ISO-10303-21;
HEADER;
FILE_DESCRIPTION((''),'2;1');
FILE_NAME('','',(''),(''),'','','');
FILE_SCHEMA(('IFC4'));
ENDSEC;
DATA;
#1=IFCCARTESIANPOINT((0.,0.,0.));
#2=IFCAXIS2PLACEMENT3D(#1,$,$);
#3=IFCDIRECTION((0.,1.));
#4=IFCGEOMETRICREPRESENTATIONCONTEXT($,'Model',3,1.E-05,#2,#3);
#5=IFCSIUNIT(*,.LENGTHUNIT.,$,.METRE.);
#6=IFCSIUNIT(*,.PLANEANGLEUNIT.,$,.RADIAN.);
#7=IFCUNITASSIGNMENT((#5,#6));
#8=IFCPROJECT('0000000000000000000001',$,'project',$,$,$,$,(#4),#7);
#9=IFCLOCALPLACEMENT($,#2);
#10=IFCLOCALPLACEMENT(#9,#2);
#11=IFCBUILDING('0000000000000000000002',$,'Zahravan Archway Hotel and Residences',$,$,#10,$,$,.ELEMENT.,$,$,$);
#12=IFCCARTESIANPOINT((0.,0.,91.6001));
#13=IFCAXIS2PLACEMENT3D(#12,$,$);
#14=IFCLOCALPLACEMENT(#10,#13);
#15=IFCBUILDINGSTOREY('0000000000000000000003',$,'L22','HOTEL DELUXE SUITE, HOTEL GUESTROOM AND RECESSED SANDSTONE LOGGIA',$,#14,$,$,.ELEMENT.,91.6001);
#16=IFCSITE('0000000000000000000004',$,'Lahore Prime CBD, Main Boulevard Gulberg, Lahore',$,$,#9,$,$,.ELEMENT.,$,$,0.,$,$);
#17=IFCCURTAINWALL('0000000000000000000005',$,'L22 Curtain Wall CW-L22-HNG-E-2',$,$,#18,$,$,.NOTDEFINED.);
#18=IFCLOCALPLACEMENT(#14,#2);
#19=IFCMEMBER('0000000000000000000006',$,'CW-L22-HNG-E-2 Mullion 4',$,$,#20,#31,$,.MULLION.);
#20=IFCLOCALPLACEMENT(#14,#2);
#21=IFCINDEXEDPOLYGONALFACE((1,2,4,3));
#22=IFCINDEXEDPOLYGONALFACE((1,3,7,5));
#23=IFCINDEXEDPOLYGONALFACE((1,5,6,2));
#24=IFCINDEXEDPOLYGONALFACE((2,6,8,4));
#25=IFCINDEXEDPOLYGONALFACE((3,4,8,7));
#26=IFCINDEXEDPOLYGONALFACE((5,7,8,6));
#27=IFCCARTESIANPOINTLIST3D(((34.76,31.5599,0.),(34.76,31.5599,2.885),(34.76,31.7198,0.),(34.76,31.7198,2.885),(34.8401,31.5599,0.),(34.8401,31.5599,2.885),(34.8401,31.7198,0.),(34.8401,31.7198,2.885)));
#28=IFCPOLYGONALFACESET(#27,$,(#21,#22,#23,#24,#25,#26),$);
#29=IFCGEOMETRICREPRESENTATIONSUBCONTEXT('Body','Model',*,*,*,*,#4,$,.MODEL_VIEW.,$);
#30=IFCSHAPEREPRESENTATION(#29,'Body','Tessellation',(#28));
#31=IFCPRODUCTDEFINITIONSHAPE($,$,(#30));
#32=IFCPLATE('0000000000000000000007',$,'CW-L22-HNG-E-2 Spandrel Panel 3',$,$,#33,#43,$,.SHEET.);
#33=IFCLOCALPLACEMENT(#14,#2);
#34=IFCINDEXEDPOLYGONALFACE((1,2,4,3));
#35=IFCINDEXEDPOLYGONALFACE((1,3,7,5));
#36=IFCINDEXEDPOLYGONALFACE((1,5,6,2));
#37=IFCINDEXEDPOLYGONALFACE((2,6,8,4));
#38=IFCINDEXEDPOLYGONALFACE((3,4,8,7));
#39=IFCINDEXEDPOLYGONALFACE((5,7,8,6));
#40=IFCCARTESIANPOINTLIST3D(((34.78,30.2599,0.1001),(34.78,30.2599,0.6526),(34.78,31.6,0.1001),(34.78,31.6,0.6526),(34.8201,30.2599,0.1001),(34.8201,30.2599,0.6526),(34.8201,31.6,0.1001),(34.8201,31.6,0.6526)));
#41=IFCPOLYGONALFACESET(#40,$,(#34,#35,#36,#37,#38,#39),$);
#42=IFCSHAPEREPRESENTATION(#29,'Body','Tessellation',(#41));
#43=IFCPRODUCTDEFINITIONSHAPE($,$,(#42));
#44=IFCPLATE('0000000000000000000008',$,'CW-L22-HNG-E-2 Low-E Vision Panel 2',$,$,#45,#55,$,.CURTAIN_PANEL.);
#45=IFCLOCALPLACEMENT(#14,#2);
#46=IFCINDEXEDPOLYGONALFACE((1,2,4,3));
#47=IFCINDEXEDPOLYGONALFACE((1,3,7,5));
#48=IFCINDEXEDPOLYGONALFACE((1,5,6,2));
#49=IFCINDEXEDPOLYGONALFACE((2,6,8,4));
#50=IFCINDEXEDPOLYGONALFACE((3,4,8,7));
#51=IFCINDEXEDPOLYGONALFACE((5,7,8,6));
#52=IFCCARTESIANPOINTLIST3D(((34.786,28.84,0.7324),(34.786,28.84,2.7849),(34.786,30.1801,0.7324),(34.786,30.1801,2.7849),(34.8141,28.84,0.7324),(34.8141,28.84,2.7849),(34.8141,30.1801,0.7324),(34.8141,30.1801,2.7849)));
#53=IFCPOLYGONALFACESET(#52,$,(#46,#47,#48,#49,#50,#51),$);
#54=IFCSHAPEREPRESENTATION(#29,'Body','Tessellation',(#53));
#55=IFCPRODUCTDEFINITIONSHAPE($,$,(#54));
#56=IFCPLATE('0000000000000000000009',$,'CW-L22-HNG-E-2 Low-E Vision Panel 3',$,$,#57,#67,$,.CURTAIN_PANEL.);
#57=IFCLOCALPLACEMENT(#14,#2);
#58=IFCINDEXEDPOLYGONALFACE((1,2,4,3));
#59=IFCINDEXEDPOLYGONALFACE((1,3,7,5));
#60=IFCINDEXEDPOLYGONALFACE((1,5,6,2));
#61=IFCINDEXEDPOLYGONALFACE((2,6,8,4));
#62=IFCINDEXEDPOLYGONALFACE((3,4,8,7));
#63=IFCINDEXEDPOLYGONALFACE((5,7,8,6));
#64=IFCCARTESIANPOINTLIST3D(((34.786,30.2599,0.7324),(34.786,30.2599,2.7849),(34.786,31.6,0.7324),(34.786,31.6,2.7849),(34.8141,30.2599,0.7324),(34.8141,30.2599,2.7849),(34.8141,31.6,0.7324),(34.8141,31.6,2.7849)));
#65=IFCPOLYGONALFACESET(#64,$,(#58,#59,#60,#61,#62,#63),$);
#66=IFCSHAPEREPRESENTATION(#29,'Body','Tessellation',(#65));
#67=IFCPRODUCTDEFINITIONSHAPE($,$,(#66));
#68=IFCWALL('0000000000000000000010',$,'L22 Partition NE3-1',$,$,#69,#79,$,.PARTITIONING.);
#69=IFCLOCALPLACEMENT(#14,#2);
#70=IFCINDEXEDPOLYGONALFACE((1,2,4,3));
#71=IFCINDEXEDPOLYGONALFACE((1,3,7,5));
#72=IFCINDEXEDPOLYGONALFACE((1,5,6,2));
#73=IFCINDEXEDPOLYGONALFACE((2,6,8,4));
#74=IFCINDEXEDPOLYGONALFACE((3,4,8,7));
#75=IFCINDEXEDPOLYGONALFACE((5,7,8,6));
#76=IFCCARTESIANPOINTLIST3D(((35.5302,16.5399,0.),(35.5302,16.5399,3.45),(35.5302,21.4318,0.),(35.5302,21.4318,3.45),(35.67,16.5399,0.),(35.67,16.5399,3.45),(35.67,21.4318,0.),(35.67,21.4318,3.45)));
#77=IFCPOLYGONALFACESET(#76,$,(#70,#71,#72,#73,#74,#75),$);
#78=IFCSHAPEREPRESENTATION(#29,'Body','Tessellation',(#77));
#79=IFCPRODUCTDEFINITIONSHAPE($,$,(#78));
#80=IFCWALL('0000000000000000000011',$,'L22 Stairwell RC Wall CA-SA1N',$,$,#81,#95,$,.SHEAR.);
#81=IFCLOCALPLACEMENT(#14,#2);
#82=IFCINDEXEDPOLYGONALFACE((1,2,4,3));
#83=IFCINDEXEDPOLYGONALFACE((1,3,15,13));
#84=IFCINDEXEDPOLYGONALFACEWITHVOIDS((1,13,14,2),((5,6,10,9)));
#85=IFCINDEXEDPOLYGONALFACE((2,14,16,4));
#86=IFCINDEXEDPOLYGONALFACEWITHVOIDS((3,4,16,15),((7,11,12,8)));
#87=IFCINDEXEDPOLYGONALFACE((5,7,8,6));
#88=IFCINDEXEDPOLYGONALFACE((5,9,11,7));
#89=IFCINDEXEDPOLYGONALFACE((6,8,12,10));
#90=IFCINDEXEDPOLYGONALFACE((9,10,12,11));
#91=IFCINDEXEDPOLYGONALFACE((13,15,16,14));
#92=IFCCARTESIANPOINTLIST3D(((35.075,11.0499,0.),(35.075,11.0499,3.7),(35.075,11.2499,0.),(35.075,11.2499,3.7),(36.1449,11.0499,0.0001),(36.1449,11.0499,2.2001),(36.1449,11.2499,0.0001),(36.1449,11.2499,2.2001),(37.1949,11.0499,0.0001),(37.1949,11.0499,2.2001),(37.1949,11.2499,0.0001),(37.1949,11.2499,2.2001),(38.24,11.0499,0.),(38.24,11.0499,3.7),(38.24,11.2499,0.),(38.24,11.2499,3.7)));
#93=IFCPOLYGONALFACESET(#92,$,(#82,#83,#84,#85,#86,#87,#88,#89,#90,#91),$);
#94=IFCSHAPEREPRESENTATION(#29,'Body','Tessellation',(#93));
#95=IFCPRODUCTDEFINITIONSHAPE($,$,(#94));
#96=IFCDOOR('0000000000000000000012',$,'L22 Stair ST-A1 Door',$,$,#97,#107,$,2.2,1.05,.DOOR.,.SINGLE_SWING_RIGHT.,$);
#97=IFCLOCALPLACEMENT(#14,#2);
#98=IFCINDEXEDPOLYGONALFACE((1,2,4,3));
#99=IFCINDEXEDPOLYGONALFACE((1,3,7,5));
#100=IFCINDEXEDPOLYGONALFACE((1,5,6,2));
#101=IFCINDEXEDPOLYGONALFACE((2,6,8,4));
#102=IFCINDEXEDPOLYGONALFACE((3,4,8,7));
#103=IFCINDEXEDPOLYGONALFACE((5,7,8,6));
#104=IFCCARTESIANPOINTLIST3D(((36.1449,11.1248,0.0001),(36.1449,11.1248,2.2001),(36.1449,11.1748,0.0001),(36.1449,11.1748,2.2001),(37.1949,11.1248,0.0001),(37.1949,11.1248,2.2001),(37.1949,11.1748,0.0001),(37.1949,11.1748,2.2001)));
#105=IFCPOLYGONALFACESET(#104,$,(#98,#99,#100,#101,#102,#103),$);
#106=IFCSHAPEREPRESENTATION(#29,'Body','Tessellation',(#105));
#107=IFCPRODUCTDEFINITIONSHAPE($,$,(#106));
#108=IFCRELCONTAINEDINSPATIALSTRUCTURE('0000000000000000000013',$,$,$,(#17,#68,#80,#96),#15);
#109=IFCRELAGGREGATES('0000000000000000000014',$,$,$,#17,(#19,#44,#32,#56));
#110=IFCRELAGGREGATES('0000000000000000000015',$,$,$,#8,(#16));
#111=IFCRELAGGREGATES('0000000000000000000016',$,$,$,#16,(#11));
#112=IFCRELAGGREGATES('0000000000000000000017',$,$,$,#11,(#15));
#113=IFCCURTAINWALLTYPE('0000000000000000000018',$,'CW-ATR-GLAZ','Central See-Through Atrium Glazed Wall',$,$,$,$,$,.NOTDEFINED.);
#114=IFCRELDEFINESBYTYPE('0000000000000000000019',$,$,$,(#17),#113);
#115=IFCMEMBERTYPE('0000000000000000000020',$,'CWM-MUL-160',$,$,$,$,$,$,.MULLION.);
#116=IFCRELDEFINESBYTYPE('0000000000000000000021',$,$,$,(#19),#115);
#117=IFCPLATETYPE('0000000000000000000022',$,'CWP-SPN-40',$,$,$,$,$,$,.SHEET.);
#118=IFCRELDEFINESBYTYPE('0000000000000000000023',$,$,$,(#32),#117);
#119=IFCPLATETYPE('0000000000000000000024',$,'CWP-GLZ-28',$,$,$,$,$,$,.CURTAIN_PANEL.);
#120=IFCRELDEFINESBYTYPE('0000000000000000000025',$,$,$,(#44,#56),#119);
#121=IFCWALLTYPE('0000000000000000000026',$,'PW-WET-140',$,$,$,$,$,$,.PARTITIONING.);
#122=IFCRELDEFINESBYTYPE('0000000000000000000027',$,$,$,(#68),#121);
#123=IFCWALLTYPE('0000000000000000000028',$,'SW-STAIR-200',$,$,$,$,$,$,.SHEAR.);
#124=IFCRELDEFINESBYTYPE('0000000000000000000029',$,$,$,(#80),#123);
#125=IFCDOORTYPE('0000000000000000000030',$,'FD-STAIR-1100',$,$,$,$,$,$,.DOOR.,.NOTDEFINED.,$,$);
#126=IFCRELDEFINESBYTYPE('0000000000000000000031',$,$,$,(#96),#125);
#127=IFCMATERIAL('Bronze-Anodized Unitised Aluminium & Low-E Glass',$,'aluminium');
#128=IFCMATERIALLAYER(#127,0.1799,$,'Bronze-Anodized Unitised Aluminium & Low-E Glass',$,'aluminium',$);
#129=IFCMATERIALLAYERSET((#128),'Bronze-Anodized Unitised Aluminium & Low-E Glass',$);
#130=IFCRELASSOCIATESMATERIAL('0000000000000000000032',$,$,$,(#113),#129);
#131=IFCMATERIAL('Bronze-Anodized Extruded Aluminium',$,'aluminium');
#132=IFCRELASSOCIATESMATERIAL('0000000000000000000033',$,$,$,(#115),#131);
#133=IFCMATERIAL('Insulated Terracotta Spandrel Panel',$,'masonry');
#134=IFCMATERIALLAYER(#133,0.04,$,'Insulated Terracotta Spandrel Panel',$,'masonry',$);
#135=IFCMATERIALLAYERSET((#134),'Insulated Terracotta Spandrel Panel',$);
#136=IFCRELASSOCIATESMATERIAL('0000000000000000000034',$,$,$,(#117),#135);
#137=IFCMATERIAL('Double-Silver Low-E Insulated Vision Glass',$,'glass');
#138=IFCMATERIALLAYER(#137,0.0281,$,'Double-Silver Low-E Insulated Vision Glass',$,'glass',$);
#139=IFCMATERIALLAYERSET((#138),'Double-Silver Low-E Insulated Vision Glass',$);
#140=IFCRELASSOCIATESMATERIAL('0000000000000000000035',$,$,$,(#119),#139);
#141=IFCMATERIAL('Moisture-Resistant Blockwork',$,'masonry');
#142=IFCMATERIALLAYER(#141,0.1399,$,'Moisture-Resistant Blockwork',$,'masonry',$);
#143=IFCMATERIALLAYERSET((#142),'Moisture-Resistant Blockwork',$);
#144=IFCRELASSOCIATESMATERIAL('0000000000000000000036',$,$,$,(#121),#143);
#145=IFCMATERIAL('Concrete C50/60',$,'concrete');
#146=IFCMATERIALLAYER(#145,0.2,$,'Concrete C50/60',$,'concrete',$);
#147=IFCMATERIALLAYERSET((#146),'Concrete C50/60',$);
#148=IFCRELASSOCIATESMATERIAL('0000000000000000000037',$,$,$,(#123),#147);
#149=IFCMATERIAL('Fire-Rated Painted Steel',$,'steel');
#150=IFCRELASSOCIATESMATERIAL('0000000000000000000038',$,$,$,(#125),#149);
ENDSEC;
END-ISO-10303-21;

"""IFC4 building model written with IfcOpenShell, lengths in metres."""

from ifc_helpers import new_model, si_unit, direction, frame, frame_2d, origin, origin_2d, place, context, subcontext, project, spatial, rectangle, extrude, source, transform, mapped, material, layer, layer_set, material_profile, profile_set, type_object, type_shapes, element, fill, aggregate, save


model = new_model("IFC4")

# Units and contexts
model_context = context("Model", 3, precision=1e-05, world=origin(), true_north=direction((0.0, 1.0)))
body_context = subcontext(model_context, "Body", "Model", "MODEL_VIEW")
ifc_project = project(units=[si_unit("LENGTHUNIT", "METRE"), si_unit("PLANEANGLEUNIT", "RADIAN")], contexts=[model_context])

# Site, building, storey
site_placement = place(None, origin())
site = spatial("IfcSite", under=ifc_project, at=site_placement, Name="Lahore Prime CBD, Main Boulevard Gulberg, Lahore", CompositionType="ELEMENT", RefElevation=0.0)
building_placement = place(site_placement, origin())
building = spatial("IfcBuilding", under=site, at=building_placement, Name="Zahravan Archway Hotel and Residences", CompositionType="ELEMENT")
storey_placement = place(building_placement, frame((0.0, 0.0, 91.6001)))
storey = spatial("IfcBuildingStorey", under=building, at=storey_placement, Name="L22", Description="HOTEL DELUXE SUITE, HOTEL GUESTROOM AND RECESSED SANDSTONE LOGGIA", CompositionType="ELEMENT", Elevation=91.6001)

# Curtain wall, member, plates
ifc_material_1 = material(Name="Bronze-Anodized Unitised Aluminium & Low-E Glass", Category="aluminium")
ifc_layer_1 = layer(ifc_material_1, 0.1799, Name="Bronze-Anodized Unitised Aluminium & Low-E Glass", Category="aluminium")
ifc_layer_set_1 = layer_set([ifc_layer_1], Name="Bronze-Anodized Unitised Aluminium & Low-E Glass")
curtain_wall_type = type_object("IfcCurtainWallType", Name="CW-ATR-GLAZ", Description="Central See-Through Atrium Glazed Wall", PredefinedType="NOTDEFINED", material=ifc_layer_set_1)
curtain_wall_placement = place(storey_placement, origin())
curtain_wall = element("IfcCurtainWall", 1, at=curtain_wall_placement, inside=storey, type_object=curtain_wall_type, Name="L22 Curtain Wall CW-L22-HNG-E-2", PredefinedType="NOTDEFINED")
ifc_material_2 = material(Name="Bronze-Anodized Extruded Aluminium", Category="aluminium")
ifc_material_profile_1 = material_profile(ifc_material_2, rectangle(XDim=0.0801, YDim=0.1599, at=origin_2d()), Name="MUL 80x160", Category="aluminium")
ifc_profile_set_1 = profile_set([ifc_material_profile_1], Name="Bronze-Anodized Extruded Aluminium")
member_type_1 = type_object("IfcMemberType", Name="CWM-MUL-160", PredefinedType="MULLION", material=ifc_profile_set_1)
shared_shape_1 = source(origin(), body_context, "Body", "SweptSolid", [
    extrude(rectangle(XDim=0.0801, YDim=0.1599, at=origin_2d()), origin(), (0.0, 0.0, 1.0), 2.885),
])
member_1_placement = place(storey_placement, frame((34.8, 31.6399, 0.0), z_axis=(0.0, 0.0, 1.0), x_axis=(1.0, 0.0, 0.0)))
member_1 = element("IfcMember", 2, at=member_1_placement, type_object=member_type_1, Name="CW-L22-HNG-E-2 Mullion 4", PredefinedType="MULLION", context=body_context, shape_type="MappedRepresentation", body=[
    mapped(shared_shape_1, transform((0.0, 0.0, 0.0), scale=1.0)),
])
ifc_material_3 = material(Name="Insulated Terracotta Spandrel Panel", Category="masonry")
ifc_layer_2 = layer(ifc_material_3, 0.04, Name="Insulated Terracotta Spandrel Panel", Category="masonry")
ifc_layer_set_2 = layer_set([ifc_layer_2], Name="Insulated Terracotta Spandrel Panel")
plate_type_1 = type_object("IfcPlateType", Name="CWP-SPN-40", PredefinedType="SHEET", material=ifc_layer_set_2)
shared_shape_2 = source(origin(), body_context, "Body", "SweptSolid", [
    extrude(rectangle(XDim=1.3401, YDim=0.04, at=origin_2d()), origin(), (0.0, 0.0, 1.0), 0.5525),
])
plate_1_placement = place(storey_placement, frame((34.8, 30.9299, 0.1001), z_axis=(0.0, 0.0, 1.0), x_axis=(0.0, 1.0, 0.0)))
plate_1 = element("IfcPlate", 3, at=plate_1_placement, type_object=plate_type_1, Name="CW-L22-HNG-E-2 Spandrel Panel 3", PredefinedType="SHEET", context=body_context, shape_type="MappedRepresentation", body=[
    mapped(shared_shape_2, transform((0.0, 0.0, 0.0), scale=1.0)),
])
ifc_material_4 = material(Name="Double-Silver Low-E Insulated Vision Glass", Category="glass")
ifc_layer_3 = layer(ifc_material_4, 0.0281, Name="Double-Silver Low-E Insulated Vision Glass", Category="glass")
ifc_layer_set_3 = layer_set([ifc_layer_3], Name="Double-Silver Low-E Insulated Vision Glass")
plate_type_2 = type_object("IfcPlateType", Name="CWP-GLZ-28", PredefinedType="CURTAIN_PANEL", material=ifc_layer_set_3)
shared_shape_3 = source(origin(), body_context, "Body", "SweptSolid", [
    extrude(rectangle(XDim=1.3401, YDim=0.0281, at=origin_2d()), origin(), (0.0, 0.0, 1.0), 2.0525),
])
plate_2_placement = place(storey_placement, frame((34.8, 29.51, 0.7324), z_axis=(0.0, 0.0, 1.0), x_axis=(0.0, 1.0, 0.0)))
plate_2 = element("IfcPlate", 4, at=plate_2_placement, type_object=plate_type_2, Name="CW-L22-HNG-E-2 Low-E Vision Panel 2", PredefinedType="CURTAIN_PANEL", context=body_context, shape_type="MappedRepresentation", body=[
    mapped(shared_shape_3, transform((0.0, 0.0, 0.0), scale=1.0)),
])
plate_3_placement = place(storey_placement, frame((34.8, 30.9299, 0.7324), z_axis=(0.0, 0.0, 1.0), x_axis=(0.0, 1.0, 0.0)))
plate_3 = element("IfcPlate", 5, at=plate_3_placement, type_object=plate_type_2, Name="CW-L22-HNG-E-2 Low-E Vision Panel 3", PredefinedType="CURTAIN_PANEL", context=body_context, shape_type="MappedRepresentation", body=[
    mapped(shared_shape_3, transform((0.0, 0.0, 0.0), scale=1.0)),
])
aggregate(curtain_wall, [member_1, plate_2, plate_1, plate_3])

# Shared definitions
ifc_material_5 = material(Name="Fire-Rated Painted Steel", Category="steel")

# Wall
ifc_material_6 = material(Name="Moisture-Resistant Blockwork", Category="masonry")
ifc_layer_4 = layer(ifc_material_6, 0.1399, Name="Moisture-Resistant Blockwork", Category="masonry")
ifc_layer_set_4 = layer_set([ifc_layer_4], Name="Moisture-Resistant Blockwork")
wall_type_1 = type_object("IfcWallType", Name="PW-WET-140", PredefinedType="PARTITIONING", material=ifc_layer_set_4)
wall_1_placement = place(storey_placement, frame((35.6001, 16.54, 0.0), z_axis=(0.0, 0.0, 1.0), x_axis=(0.0, 1.0, 0.0)))
element("IfcWall", 6, at=wall_1_placement, inside=storey, type_object=wall_type_1, Name="L22 Partition NE3-1", PredefinedType="PARTITIONING", context=body_context, shape_type="SweptSolid", body=[
    extrude(rectangle(XDim=4.8918, YDim=0.1399, at=frame_2d((2.4458, 0.0))), origin(), (0.0, 0.0, 1.0), 3.45),
])

# Wall, opening, door
ifc_material_7 = material(Name="Concrete C50/60", Category="concrete")
ifc_layer_5 = layer(ifc_material_7, 0.2, Name="Concrete C50/60", Category="concrete")
ifc_layer_set_5 = layer_set([ifc_layer_5], Name="Concrete C50/60")
wall_type_2 = type_object("IfcWallType", Name="SW-STAIR-200", PredefinedType="SHEAR", material=ifc_layer_set_5)
wall_2_placement = place(storey_placement, frame((35.075, 11.1499, 0.0), z_axis=(0.0, 0.0, 1.0), x_axis=(1.0, 0.0, 0.0)))
wall_2 = element("IfcWall", 7, at=wall_2_placement, inside=storey, type_object=wall_type_2, Name="L22 Stairwell RC Wall CA-SA1N", PredefinedType="SHEAR", context=body_context, shape_type="SweptSolid", body=[
    extrude(rectangle(XDim=3.165, YDim=0.2, at=frame_2d((1.5825, 0.0))), origin(), (0.0, 0.0, 1.0), 3.7),
])
opening_1_placement = place(wall_2_placement, frame((1.0701, 0.0, 0.0)))
opening_1 = element("IfcOpeningElement", 8, at=opening_1_placement, cuts=wall_2, PredefinedType="OPENING", context=body_context, shape_type="SweptSolid", body=[
    extrude(rectangle(XDim=1.05, YDim=2.2, at=frame_2d((0.5249, 1.1001))), frame((0.0, 0.1099, 0.0), z_axis=(0.0, -1.0, 0.0), x_axis=(1.0, 0.0, 0.0)), (0.0, 0.0, 1.0), 0.22),
])
door_type_1 = type_object("IfcDoorType", Name="FD-STAIR-1100", OperationType="NOTDEFINED", PredefinedType="DOOR", material=ifc_material_5)
shared_shape_4 = source(origin(), body_context, "Body", "SweptSolid", [
    extrude(rectangle(XDim=1.05, YDim=2.2, at=frame_2d((0.5249, 1.1001))), frame((0.0, 0.0249, 0.0), z_axis=(0.0, -1.0, 0.0), x_axis=(1.0, 0.0, 0.0)), (0.0, 0.0, 1.0), 0.05),
])
type_shapes(door_type_1, [shared_shape_4])
door_1_placement = place(opening_1_placement, origin())
door_1 = element("IfcDoor", 9, at=door_1_placement, inside=storey, type_object=door_type_1, Name="L22 Stair ST-A1 Door", OperationType="SINGLE_SWING_RIGHT", OverallHeight=2.2, OverallWidth=1.05, PredefinedType="DOOR", context=body_context, shape_type="MappedRepresentation", body=[
    mapped(shared_shape_4, transform((0.0, 0.0, 0.0), scale=1.0)),
])
fill(opening_1, door_1)

save(model, "model.ifc")
